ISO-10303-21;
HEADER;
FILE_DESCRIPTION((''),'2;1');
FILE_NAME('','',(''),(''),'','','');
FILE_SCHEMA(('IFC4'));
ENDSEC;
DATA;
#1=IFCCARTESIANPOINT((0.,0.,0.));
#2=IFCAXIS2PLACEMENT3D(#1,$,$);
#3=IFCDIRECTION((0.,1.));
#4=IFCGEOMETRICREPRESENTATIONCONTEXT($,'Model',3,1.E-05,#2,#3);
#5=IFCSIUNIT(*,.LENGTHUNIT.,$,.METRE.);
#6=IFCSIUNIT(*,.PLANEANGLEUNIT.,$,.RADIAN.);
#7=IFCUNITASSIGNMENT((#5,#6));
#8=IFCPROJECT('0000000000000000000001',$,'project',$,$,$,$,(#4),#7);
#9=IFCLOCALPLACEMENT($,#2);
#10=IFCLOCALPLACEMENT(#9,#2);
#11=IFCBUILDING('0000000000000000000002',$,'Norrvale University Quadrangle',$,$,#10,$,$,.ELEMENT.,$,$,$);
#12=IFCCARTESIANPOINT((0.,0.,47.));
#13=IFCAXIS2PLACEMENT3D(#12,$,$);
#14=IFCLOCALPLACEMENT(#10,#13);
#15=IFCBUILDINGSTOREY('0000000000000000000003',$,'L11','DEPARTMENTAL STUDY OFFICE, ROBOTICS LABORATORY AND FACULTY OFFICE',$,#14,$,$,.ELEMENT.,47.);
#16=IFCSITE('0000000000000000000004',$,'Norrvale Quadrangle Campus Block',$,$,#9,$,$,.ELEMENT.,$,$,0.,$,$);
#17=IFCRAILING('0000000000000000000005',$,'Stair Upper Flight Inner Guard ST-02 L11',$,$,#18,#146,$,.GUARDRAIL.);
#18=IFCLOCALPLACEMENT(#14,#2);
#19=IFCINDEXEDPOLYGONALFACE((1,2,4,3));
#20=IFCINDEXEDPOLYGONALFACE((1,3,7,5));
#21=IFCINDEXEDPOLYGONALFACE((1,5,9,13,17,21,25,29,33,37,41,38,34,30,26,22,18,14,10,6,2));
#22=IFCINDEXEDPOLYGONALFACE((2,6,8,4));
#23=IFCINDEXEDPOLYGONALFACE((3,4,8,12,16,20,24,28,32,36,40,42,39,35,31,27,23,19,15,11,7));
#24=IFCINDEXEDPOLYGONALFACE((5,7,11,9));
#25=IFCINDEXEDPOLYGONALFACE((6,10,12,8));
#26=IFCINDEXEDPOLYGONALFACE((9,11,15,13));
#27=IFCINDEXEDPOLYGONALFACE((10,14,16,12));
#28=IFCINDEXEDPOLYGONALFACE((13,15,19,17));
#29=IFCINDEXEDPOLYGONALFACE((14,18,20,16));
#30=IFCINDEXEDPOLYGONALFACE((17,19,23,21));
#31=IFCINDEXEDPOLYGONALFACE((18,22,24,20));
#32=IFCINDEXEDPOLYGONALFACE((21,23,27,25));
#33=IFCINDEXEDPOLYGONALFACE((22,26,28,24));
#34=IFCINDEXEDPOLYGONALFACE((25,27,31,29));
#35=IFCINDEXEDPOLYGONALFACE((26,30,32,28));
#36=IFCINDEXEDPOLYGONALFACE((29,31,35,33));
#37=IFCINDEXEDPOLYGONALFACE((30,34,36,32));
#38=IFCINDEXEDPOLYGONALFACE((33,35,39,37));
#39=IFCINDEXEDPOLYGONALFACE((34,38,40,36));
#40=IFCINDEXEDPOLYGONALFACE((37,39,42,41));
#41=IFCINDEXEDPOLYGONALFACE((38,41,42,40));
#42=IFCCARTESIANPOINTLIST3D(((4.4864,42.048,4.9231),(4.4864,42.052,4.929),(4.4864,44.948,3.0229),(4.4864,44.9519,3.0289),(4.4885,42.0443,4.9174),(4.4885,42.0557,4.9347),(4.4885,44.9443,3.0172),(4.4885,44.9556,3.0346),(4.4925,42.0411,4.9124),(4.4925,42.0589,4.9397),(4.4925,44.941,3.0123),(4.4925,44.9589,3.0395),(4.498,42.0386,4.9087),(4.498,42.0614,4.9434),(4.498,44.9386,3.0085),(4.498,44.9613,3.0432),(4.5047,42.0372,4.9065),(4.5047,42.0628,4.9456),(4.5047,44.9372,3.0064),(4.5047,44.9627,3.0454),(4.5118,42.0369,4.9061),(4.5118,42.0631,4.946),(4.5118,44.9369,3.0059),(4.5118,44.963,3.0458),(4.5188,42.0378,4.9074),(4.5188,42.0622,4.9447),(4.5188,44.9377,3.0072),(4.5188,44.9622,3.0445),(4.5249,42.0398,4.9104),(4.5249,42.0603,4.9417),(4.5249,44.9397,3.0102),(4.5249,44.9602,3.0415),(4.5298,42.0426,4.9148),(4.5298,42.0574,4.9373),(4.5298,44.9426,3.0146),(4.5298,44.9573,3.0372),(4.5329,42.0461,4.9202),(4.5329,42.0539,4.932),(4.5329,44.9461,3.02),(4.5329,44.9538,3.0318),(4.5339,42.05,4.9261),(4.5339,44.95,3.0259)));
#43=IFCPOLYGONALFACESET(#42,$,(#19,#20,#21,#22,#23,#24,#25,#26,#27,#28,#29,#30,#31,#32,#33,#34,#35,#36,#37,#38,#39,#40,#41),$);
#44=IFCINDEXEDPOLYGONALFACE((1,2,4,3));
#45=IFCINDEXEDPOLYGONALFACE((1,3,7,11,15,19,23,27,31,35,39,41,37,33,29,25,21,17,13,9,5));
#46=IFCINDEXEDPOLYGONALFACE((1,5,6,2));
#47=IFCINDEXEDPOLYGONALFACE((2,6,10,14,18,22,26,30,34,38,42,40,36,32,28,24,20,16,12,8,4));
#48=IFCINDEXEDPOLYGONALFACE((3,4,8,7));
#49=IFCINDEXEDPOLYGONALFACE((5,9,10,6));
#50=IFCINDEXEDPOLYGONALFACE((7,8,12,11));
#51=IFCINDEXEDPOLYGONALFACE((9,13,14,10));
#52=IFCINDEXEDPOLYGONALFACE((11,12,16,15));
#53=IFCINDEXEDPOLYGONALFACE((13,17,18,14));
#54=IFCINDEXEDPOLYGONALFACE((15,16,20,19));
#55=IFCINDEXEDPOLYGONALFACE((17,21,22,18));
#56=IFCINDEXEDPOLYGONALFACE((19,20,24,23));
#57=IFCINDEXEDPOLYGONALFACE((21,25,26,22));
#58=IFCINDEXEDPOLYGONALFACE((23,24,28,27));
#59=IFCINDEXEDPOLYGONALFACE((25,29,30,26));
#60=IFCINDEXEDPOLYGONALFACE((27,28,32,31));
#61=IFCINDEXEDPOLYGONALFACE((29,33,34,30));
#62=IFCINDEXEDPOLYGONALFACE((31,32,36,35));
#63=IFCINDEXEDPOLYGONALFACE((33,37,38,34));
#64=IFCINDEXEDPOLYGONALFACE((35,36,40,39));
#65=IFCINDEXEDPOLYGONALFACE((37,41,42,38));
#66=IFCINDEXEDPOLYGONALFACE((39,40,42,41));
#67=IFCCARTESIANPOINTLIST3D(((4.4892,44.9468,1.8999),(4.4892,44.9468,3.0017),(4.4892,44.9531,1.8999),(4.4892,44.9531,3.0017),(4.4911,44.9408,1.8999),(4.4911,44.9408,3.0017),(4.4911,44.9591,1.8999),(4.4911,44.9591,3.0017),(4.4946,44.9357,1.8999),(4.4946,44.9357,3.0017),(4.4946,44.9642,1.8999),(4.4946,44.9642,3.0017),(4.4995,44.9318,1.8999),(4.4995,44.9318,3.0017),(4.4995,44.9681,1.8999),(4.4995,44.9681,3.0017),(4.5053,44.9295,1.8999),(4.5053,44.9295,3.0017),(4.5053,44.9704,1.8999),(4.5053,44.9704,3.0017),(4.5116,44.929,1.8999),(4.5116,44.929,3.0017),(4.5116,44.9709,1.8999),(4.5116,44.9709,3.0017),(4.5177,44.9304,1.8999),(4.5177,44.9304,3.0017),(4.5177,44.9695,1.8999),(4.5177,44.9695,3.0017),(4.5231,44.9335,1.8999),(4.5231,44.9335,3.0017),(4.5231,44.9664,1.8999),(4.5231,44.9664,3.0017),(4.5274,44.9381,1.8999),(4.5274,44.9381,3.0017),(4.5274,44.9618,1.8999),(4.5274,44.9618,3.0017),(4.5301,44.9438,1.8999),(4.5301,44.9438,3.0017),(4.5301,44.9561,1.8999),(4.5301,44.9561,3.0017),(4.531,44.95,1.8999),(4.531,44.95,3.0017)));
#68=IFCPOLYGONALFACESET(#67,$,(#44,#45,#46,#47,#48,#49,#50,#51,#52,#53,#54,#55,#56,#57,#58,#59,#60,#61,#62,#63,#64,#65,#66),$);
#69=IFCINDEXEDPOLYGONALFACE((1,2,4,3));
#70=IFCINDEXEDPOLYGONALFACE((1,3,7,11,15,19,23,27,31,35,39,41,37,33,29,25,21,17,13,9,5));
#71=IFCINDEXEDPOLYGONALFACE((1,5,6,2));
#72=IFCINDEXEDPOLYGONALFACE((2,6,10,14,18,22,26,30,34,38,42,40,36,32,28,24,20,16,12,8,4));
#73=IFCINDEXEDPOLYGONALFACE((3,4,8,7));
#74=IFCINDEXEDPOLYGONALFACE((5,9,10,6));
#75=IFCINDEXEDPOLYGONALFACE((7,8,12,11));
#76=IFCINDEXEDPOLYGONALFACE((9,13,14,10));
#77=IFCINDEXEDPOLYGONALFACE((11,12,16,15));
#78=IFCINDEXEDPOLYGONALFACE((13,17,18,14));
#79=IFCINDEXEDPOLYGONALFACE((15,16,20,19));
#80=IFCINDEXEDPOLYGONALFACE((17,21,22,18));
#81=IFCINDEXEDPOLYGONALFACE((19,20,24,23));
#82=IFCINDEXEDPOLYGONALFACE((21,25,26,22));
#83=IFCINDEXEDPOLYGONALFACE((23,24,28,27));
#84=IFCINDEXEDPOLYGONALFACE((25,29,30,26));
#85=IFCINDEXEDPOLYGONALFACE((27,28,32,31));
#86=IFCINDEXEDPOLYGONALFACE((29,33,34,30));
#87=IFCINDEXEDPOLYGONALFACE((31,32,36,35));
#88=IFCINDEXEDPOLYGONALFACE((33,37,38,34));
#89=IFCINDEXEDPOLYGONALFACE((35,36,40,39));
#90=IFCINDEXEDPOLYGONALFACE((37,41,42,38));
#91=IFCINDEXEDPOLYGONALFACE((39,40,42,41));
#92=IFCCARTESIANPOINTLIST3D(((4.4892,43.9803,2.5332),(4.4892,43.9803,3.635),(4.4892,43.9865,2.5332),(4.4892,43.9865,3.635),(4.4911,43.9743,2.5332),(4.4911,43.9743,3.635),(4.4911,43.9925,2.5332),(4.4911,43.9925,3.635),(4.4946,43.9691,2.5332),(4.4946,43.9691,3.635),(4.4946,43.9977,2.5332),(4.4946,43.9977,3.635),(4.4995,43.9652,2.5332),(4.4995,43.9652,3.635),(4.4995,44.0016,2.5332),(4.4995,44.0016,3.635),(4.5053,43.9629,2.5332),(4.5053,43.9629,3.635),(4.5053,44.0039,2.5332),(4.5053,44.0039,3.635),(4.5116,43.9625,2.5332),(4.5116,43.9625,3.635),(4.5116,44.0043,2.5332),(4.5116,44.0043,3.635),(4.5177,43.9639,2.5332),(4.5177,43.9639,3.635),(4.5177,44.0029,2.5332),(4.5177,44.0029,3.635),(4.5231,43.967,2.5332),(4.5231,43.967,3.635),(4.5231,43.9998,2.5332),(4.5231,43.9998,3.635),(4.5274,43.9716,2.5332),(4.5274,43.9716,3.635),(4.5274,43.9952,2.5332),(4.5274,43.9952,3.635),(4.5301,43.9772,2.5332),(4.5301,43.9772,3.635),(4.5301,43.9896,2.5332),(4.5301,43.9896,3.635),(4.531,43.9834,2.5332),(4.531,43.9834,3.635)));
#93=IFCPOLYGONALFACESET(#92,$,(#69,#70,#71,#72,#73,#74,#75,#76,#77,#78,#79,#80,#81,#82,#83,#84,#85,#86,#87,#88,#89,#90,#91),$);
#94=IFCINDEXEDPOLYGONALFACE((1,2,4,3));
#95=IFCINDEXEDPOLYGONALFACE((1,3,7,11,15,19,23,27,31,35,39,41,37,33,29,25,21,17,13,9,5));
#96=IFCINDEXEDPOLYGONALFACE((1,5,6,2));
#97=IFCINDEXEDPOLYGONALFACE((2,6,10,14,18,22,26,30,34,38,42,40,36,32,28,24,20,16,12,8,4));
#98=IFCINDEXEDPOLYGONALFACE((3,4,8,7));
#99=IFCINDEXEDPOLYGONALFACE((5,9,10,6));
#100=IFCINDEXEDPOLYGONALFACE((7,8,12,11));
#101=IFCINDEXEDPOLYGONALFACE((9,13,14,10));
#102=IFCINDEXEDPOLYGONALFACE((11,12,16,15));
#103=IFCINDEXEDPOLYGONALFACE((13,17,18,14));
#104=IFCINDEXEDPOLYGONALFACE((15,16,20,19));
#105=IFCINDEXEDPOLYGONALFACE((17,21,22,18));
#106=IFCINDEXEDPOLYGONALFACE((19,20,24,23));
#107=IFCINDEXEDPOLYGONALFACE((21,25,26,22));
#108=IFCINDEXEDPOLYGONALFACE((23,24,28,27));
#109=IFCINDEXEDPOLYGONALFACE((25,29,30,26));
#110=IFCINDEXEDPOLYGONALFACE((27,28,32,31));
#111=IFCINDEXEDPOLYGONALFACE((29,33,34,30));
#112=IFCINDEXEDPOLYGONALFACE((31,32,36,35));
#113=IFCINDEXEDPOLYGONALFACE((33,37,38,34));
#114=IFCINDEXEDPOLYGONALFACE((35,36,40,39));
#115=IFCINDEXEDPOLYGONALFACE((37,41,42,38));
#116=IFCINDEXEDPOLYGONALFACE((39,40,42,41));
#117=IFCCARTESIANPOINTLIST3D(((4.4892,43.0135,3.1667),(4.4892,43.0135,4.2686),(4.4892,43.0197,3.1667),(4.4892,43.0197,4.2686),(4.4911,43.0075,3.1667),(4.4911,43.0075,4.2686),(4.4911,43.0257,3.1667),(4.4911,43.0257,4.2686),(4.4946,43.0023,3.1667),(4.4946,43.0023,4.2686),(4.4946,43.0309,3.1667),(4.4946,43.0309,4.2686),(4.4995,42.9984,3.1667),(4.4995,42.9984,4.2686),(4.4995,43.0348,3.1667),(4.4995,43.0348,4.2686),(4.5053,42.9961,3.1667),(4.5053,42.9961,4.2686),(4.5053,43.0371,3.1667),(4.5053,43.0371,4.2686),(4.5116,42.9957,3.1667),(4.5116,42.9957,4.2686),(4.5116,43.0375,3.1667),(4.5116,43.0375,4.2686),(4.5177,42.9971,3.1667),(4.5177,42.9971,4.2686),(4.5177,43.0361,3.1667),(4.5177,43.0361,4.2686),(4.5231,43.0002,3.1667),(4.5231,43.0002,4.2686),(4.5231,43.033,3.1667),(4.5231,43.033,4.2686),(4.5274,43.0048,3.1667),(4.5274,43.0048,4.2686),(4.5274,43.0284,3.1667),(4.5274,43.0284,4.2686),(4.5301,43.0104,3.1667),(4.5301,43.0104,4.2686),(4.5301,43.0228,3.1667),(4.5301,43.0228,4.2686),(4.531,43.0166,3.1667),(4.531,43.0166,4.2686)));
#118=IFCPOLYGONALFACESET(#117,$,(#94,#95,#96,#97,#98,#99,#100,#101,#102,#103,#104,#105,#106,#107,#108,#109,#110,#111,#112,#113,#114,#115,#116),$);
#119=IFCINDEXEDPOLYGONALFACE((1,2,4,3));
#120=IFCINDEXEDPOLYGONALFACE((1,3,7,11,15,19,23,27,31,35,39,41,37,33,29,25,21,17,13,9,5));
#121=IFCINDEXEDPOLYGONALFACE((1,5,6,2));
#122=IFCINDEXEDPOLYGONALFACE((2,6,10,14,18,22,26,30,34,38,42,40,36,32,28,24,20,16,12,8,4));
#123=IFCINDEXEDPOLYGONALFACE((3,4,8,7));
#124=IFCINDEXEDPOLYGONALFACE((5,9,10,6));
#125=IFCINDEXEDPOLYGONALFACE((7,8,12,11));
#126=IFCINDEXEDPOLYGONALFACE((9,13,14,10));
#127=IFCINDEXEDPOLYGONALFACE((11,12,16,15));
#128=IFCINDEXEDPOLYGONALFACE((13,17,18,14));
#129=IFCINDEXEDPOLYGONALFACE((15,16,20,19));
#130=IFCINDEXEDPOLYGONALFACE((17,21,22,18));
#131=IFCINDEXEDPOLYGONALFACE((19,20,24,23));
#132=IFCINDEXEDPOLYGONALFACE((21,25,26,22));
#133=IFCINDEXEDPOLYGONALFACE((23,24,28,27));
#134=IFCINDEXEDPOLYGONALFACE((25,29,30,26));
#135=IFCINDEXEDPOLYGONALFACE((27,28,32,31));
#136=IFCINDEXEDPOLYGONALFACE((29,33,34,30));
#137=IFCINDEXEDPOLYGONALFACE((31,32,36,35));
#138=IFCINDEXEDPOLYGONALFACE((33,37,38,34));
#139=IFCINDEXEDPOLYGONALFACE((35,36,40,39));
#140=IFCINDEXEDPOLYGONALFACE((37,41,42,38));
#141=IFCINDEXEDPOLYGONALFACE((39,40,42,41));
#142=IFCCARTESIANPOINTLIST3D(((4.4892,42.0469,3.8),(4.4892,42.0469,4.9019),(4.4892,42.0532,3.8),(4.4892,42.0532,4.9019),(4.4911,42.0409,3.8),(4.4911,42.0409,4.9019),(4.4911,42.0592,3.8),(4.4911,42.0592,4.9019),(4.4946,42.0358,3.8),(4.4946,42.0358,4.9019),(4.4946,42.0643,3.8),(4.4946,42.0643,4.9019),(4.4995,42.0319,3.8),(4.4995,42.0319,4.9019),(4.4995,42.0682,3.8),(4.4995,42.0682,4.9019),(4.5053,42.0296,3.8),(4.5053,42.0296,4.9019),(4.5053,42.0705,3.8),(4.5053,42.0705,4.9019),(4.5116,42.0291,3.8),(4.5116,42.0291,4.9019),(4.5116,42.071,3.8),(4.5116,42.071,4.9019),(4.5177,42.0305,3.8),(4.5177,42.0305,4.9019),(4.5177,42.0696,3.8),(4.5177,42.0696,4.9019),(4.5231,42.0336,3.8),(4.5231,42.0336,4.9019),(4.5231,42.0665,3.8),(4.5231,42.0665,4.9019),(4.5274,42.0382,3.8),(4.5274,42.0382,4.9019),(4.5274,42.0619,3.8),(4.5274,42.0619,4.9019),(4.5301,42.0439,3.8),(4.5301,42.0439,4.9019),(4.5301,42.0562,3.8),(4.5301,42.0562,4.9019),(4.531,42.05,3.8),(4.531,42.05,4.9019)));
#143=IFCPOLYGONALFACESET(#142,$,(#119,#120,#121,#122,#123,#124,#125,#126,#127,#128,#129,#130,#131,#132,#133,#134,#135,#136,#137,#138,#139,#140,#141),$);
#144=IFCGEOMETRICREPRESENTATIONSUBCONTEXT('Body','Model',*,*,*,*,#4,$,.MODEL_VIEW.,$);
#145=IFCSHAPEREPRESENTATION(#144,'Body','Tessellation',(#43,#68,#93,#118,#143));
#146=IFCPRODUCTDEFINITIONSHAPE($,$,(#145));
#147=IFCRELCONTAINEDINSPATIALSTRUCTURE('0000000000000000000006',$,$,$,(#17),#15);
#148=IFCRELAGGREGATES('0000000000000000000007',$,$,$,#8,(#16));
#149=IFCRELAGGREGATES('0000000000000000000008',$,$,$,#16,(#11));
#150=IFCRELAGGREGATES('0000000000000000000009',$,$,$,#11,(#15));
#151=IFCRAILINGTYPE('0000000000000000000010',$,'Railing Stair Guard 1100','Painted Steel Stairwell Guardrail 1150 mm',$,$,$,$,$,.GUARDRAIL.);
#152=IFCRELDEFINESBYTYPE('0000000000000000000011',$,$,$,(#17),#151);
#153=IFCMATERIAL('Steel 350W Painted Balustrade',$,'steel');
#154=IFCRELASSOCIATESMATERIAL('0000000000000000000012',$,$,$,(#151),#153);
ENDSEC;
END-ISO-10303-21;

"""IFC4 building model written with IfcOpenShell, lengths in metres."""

from ifc_helpers import new_model, si_unit, direction, frame, origin, origin_2d, place, context, subcontext, project, spatial, circle, extrude, material, type_object, element, save


model = new_model("IFC4")

# Units and contexts
model_context = context("Model", 3, precision=1e-05, world=origin(), true_north=direction((0.0, 1.0)))
body_context = subcontext(model_context, "Body", "Model", "MODEL_VIEW")
ifc_project = project(units=[si_unit("LENGTHUNIT", "METRE"), si_unit("PLANEANGLEUNIT", "RADIAN")], contexts=[model_context])

# Site, building, storey
site_placement = place(None, origin())
site = spatial("IfcSite", under=ifc_project, at=site_placement, Name="Norrvale Quadrangle Campus Block", CompositionType="ELEMENT", RefElevation=0.0)
building_placement = place(site_placement, origin())
building = spatial("IfcBuilding", under=site, at=building_placement, Name="Norrvale University Quadrangle", CompositionType="ELEMENT")
storey_placement = place(building_placement, frame((0.0, 0.0, 47.0)))
storey = spatial("IfcBuildingStorey", under=building, at=storey_placement, Name="L11", Description="DEPARTMENTAL STUDY OFFICE, ROBOTICS LABORATORY AND FACULTY OFFICE", CompositionType="ELEMENT", Elevation=47.0)

# Railing
ifc_material_1 = material(Name="Steel 350W Painted Balustrade", Category="steel")
railing_type_1 = type_object("IfcRailingType", Name="Railing Stair Guard 1100", Description="Painted Steel Stairwell Guardrail 1150 mm", PredefinedType="GUARDRAIL", material=ifc_material_1)
railing_1_placement = place(storey_placement, frame((4.51, 44.95, 1.8999)))
element("IfcRailing", 1, at=railing_1_placement, inside=storey, type_object=railing_type_1, Name="Stair Upper Flight Inner Guard ST-02 L11", PredefinedType="GUARDRAIL", context=body_context, shape_type="SweptSolid", body=[
    extrude(circle(Radius=0.0239, at=origin_2d()), frame((0.0, 0.0, 1.126), z_axis=(0.0, -0.836433, 0.548069), x_axis=(1.0, 0.0, 0.0)), (0.0, 0.0, 1.0), 3.467),
    extrude(circle(Radius=0.021, at=origin_2d()), origin(), (0.0, 0.0, 1.0), 1.1018),
    extrude(circle(Radius=0.021, at=origin_2d()), frame((0.0, -0.9666, 0.6333)), (0.0, 0.0, 1.0), 1.1018),
    extrude(circle(Radius=0.021, at=origin_2d()), frame((0.0, -1.9333, 1.2668)), (0.0, 0.0, 1.0), 1.1018),
    extrude(circle(Radius=0.021, at=origin_2d()), frame((0.0, -2.8999, 1.9001)), (0.0, 0.0, 1.0), 1.1018),
])

save(model, "model.ifc")
